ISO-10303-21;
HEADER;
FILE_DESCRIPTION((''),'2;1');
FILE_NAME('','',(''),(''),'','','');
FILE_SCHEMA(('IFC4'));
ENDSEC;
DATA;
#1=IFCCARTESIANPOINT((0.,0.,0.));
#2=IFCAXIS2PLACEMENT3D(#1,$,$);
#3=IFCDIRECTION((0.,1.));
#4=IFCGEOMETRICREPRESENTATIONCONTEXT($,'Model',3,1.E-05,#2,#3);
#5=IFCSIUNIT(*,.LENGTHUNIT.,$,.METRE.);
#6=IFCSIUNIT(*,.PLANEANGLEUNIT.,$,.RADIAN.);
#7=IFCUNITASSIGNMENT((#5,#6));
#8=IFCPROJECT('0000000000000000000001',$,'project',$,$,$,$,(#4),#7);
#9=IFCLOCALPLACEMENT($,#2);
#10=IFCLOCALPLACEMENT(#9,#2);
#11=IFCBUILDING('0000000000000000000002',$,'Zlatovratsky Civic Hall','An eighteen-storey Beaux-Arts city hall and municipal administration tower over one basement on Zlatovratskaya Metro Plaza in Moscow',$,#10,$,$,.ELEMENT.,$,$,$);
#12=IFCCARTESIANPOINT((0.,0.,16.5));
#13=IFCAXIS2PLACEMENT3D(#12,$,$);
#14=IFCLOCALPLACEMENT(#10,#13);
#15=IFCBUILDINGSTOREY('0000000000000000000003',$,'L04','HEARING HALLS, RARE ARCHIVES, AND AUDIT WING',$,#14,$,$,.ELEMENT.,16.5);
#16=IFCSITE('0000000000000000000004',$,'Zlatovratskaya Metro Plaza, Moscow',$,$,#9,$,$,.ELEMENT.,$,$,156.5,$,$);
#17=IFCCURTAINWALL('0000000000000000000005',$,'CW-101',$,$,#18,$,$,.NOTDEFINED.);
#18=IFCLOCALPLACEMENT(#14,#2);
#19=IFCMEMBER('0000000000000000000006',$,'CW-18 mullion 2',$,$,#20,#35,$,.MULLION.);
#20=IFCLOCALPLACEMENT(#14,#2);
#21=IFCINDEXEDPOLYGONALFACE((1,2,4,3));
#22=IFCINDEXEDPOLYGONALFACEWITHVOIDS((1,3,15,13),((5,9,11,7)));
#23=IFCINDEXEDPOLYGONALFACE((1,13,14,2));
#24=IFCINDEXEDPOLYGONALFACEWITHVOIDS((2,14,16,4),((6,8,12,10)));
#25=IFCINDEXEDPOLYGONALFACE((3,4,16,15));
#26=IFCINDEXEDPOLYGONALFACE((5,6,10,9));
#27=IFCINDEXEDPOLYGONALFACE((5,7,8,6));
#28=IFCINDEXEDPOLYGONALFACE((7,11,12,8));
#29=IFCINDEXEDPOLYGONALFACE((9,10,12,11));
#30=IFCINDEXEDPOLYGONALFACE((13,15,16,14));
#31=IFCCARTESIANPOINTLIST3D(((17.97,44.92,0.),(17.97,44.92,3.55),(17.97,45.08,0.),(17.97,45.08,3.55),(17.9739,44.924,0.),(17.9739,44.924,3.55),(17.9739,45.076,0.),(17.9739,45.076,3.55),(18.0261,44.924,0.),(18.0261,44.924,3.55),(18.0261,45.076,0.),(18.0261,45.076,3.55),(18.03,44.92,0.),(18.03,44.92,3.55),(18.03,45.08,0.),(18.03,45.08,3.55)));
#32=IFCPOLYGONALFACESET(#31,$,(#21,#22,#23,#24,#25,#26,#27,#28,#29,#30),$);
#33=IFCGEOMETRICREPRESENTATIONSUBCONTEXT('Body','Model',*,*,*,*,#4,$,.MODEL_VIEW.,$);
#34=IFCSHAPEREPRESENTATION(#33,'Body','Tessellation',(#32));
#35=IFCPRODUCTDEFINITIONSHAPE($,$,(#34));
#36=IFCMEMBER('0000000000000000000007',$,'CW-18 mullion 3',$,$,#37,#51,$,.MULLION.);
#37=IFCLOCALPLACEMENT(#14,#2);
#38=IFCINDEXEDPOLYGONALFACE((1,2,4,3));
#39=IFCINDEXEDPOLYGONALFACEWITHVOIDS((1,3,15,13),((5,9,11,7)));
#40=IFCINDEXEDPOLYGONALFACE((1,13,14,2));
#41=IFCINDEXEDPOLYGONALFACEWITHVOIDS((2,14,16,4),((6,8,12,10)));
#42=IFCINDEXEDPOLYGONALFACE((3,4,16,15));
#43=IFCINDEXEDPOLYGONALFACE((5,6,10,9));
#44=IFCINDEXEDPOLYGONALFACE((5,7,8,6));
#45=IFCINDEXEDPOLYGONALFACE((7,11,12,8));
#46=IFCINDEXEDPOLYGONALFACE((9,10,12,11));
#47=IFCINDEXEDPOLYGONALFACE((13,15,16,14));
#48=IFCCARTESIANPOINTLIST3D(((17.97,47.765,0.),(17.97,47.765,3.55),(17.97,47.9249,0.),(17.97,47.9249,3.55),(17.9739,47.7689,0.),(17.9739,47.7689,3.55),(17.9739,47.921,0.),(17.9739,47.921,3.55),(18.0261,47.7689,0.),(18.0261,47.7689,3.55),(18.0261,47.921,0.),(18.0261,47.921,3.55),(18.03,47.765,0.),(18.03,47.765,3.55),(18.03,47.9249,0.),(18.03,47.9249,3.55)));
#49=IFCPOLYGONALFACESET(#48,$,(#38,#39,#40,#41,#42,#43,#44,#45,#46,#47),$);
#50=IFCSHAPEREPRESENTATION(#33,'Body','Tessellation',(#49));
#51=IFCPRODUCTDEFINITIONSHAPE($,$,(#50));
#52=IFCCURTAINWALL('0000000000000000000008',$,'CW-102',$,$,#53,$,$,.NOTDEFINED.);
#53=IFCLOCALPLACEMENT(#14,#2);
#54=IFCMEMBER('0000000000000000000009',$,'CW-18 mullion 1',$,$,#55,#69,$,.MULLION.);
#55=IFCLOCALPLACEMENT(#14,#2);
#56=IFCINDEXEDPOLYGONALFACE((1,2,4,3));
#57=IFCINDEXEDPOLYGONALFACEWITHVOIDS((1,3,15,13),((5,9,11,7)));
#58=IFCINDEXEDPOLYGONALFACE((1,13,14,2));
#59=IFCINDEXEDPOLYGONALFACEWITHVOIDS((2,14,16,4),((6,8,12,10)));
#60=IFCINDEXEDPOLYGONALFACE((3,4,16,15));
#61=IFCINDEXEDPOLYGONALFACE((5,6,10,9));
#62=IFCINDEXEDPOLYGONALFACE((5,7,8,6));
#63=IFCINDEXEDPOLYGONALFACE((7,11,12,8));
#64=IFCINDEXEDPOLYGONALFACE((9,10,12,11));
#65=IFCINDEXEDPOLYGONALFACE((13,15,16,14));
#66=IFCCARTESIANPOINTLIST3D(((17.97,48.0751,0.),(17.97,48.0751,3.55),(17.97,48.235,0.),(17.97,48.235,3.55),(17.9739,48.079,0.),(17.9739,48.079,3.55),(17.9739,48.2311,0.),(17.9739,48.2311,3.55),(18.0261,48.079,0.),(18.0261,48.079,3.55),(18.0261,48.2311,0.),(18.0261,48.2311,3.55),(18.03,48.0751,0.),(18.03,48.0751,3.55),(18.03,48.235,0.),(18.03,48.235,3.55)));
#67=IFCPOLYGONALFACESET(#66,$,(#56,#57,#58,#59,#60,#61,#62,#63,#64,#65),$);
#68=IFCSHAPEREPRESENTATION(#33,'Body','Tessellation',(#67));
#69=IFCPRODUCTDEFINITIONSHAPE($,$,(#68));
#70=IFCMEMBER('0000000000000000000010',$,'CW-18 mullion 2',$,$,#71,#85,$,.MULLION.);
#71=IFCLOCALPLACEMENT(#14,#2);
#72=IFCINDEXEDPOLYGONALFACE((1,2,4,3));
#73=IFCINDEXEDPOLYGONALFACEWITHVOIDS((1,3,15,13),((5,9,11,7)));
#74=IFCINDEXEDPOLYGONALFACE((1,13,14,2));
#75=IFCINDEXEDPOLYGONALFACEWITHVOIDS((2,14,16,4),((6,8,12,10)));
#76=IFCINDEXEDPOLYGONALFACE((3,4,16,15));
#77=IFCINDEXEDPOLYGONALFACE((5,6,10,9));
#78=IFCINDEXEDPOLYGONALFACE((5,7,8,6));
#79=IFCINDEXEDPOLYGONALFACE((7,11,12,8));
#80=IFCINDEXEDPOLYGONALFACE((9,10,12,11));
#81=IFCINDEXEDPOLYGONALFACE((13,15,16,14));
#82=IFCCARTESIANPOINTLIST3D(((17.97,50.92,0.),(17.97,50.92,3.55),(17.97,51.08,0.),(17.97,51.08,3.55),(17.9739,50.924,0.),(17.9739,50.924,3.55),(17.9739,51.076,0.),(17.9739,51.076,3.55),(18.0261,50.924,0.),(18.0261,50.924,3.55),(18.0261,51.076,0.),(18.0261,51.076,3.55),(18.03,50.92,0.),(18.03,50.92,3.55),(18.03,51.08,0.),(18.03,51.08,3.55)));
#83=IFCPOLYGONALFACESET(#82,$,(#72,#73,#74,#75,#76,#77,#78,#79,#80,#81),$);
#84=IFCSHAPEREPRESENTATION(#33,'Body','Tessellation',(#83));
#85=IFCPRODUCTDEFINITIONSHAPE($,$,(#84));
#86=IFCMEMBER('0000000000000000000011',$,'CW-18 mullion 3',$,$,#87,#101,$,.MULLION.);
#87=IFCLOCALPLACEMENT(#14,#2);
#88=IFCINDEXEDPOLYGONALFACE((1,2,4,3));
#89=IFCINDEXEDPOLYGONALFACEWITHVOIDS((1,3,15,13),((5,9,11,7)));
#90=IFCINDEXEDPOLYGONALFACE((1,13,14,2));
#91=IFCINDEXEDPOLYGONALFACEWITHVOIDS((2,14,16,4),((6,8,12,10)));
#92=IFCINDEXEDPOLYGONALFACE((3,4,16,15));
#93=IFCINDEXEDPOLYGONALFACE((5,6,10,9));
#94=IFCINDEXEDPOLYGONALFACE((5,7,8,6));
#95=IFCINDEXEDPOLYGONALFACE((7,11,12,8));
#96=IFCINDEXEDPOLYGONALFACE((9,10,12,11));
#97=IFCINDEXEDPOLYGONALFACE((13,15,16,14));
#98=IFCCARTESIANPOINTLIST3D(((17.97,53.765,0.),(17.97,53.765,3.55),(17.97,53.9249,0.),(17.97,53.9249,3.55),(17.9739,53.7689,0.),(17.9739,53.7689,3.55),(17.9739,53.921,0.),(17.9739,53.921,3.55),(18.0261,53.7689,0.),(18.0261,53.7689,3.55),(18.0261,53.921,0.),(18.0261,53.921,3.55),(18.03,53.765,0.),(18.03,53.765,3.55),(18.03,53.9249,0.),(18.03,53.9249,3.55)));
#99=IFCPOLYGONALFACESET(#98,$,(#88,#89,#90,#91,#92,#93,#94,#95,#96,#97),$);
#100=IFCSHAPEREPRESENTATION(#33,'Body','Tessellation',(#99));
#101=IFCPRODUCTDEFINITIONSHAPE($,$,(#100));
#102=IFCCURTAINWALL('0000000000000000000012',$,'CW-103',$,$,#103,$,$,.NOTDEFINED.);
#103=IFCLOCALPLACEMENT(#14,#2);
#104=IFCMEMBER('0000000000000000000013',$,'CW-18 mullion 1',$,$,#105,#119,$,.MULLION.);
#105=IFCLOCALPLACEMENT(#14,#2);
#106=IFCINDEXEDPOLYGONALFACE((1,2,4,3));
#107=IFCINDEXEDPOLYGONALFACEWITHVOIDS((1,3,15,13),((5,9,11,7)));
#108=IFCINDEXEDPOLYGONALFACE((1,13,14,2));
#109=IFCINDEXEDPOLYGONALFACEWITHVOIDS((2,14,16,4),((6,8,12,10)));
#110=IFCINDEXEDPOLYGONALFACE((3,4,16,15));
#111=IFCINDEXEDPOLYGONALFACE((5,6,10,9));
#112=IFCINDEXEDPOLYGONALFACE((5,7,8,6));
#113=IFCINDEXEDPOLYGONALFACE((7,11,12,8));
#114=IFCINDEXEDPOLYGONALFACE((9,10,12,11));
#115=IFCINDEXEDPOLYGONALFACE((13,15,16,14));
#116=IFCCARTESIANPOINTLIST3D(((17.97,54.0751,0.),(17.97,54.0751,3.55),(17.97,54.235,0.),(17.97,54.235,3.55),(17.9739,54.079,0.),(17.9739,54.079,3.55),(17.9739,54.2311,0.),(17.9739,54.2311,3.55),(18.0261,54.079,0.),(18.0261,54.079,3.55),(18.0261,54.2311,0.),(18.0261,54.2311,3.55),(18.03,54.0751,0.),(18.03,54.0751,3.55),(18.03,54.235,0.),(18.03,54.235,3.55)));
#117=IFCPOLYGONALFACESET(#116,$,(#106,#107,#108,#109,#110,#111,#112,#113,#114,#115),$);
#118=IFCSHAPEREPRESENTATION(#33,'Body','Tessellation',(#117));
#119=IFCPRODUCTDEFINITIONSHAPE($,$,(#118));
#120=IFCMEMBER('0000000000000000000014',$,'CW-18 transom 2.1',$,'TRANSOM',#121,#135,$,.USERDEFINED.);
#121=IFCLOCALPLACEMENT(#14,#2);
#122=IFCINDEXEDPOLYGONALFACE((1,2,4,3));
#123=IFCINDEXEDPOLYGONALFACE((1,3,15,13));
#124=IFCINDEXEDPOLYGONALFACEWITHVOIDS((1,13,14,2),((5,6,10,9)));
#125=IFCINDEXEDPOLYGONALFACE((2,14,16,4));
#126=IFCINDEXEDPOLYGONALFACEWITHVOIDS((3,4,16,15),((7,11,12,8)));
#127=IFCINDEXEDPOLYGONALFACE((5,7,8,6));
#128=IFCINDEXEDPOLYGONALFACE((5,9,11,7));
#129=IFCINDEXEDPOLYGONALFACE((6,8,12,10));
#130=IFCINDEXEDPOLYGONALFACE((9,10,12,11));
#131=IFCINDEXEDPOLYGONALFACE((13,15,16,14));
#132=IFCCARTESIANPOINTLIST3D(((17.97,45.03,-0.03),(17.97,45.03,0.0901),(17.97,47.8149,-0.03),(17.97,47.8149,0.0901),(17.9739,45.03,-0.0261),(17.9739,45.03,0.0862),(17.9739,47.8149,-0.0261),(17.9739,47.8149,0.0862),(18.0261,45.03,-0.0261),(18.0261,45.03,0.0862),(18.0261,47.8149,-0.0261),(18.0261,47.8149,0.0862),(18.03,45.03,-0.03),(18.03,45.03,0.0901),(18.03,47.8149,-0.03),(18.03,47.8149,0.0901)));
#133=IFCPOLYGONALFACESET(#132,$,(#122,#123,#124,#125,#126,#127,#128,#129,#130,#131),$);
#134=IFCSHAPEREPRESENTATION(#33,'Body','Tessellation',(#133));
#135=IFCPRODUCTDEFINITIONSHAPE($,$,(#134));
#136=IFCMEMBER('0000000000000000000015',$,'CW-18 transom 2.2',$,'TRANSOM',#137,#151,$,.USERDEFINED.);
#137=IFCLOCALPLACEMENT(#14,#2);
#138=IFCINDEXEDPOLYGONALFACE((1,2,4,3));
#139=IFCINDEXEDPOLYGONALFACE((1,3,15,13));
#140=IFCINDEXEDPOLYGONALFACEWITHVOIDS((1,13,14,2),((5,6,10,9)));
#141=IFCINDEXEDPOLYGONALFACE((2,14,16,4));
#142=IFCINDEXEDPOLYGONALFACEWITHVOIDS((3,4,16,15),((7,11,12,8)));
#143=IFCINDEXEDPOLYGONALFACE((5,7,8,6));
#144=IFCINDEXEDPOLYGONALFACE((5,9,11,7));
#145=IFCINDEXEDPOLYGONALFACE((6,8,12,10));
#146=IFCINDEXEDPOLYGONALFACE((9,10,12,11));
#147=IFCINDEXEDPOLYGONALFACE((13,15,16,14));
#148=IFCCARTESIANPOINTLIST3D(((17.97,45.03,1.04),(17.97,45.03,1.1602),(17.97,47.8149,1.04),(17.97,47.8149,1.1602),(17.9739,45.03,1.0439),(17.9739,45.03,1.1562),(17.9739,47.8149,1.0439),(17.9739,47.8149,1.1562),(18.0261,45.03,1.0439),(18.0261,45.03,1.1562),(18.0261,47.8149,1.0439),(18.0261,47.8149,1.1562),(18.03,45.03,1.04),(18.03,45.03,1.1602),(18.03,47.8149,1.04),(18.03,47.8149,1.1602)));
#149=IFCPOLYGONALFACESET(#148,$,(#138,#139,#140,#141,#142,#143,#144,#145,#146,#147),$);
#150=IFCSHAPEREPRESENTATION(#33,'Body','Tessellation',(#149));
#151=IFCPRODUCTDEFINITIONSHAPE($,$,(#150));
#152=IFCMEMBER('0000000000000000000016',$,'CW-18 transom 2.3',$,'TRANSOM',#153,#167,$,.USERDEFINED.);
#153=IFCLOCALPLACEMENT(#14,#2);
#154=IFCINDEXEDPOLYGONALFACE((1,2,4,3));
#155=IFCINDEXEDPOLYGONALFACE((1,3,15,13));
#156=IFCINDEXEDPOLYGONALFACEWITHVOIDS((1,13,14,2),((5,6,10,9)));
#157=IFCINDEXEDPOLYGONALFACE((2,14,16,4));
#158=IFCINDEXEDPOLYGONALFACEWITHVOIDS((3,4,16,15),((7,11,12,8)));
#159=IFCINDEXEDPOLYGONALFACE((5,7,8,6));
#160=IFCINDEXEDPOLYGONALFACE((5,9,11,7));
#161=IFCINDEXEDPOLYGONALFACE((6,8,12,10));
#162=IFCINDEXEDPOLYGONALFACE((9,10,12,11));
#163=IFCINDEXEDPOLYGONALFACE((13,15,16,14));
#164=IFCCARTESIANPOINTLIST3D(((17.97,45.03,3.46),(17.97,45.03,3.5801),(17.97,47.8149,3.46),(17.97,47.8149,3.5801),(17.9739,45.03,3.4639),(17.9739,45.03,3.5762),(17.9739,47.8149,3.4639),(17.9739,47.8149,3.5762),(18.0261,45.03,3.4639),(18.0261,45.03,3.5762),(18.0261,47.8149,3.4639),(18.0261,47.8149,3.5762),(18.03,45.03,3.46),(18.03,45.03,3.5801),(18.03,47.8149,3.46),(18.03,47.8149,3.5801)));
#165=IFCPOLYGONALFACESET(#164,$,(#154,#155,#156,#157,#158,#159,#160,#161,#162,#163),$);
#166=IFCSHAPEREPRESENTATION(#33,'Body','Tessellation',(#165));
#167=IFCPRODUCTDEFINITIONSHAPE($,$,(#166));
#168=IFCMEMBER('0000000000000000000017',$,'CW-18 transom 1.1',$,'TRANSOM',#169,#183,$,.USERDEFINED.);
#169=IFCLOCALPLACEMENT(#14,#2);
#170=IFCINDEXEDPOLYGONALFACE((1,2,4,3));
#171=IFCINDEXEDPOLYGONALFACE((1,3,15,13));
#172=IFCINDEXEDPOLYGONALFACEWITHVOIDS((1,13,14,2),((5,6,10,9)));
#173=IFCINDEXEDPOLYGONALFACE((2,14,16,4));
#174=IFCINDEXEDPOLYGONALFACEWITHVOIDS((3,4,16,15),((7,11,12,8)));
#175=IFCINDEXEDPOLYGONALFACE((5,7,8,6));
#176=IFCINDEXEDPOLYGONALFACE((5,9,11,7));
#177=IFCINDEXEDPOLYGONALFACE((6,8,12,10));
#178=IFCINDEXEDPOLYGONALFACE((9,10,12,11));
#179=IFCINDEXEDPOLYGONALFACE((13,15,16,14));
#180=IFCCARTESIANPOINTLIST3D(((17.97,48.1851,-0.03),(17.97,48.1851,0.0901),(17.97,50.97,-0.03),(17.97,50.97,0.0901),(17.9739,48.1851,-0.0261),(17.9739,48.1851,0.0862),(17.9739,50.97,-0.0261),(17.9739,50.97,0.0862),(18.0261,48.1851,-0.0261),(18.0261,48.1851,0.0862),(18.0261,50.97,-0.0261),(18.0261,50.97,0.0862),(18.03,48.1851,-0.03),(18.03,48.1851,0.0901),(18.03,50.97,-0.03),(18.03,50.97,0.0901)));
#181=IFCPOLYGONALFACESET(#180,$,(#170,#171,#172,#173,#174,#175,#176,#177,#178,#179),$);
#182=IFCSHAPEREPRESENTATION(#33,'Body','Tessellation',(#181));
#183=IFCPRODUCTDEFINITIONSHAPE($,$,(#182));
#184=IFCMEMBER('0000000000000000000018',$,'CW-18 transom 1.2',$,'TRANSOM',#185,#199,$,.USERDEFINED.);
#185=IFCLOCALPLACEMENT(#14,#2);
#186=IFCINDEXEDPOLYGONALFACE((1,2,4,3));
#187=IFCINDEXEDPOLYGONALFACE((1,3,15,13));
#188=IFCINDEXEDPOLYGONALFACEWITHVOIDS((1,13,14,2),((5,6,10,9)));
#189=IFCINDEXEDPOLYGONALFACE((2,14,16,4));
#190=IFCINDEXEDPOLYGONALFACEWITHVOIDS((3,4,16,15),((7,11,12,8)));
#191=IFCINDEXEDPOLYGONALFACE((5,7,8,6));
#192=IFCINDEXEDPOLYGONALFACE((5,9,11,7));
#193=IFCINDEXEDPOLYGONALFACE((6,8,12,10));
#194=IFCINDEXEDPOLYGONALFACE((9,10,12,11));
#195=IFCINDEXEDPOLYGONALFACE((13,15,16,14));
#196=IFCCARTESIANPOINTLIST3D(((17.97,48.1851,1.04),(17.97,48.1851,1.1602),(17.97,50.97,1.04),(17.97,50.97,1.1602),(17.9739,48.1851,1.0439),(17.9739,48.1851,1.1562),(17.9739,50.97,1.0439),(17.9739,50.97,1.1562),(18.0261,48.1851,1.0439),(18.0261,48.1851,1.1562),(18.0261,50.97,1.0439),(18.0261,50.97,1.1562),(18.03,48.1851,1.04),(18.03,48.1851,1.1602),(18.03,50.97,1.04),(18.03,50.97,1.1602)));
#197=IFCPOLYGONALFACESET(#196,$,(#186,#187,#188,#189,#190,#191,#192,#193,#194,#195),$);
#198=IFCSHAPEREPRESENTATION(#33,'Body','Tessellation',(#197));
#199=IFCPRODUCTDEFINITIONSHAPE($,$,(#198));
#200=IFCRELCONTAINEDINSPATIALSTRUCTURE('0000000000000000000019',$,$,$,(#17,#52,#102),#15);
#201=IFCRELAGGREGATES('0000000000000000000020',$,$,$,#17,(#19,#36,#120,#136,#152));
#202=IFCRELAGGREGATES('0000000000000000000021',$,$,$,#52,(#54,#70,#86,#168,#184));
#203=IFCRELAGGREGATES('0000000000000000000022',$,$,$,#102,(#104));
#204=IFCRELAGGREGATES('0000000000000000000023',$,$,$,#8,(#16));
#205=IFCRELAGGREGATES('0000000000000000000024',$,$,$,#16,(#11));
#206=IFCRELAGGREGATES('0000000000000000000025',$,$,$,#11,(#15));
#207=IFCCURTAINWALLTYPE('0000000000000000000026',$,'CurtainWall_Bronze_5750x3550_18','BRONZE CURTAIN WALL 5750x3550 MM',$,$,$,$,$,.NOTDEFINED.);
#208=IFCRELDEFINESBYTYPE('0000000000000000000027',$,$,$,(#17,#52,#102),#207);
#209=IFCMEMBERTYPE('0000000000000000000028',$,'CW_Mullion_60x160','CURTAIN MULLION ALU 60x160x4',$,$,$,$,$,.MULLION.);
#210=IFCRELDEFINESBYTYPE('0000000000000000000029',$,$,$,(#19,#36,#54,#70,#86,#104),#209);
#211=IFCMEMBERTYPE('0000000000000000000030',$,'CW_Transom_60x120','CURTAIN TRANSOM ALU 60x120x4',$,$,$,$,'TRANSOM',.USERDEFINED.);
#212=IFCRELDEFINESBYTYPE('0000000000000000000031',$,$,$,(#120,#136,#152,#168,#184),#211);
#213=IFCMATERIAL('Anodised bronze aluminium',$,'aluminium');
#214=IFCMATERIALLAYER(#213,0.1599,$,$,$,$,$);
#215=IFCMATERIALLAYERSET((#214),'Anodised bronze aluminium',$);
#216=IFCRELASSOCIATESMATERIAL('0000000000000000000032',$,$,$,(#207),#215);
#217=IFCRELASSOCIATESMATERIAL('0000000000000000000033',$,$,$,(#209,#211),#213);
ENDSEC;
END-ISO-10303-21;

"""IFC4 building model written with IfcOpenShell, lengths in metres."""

from ifc_helpers import new_model, si_unit, direction, frame, origin, origin_2d, place, context, subcontext, project, spatial, hollow_rectangle, extrude, material, layer, layer_set, material_profile, profile_set, type_object, element, aggregate, save


model = new_model("IFC4")

# Units and contexts
model_context = context("Model", 3, precision=1e-05, world=origin(), true_north=direction((0.0, 1.0)))
body_context = subcontext(model_context, "Body", "Model", "MODEL_VIEW")
ifc_project = project(units=[si_unit("LENGTHUNIT", "METRE"), si_unit("PLANEANGLEUNIT", "RADIAN")], contexts=[model_context])

# Site, building, storey
site_placement = place(None, origin())
site = spatial("IfcSite", under=ifc_project, at=site_placement, Name="Zlatovratskaya Metro Plaza, Moscow", CompositionType="ELEMENT", RefElevation=156.5)
building_placement = place(site_placement, origin())
building = spatial("IfcBuilding", under=site, at=building_placement, Name="Zlatovratsky Civic Hall", Description="An eighteen-storey Beaux-Arts city hall and municipal administration tower over one basement on Zlatovratskaya Metro Plaza in Moscow", CompositionType="ELEMENT")
storey_placement = place(building_placement, frame((0.0, 0.0, 16.5)))
storey = spatial("IfcBuildingStorey", under=building, at=storey_placement, Name="L04", Description="HEARING HALLS, RARE ARCHIVES, AND AUDIT WING", CompositionType="ELEMENT", Elevation=16.5)

# Curtain walls, members
ifc_material_1 = material(Name="Anodised bronze aluminium", Category="aluminium")
ifc_layer_1 = layer(ifc_material_1, 0.1599)
ifc_layer_set_1 = layer_set([ifc_layer_1], Name="Anodised bronze aluminium")
curtain_wall_type = type_object("IfcCurtainWallType", Name="CurtainWall_Bronze_5750x3550_18", Description="BRONZE CURTAIN WALL 5750x3550 MM", PredefinedType="NOTDEFINED", material=ifc_layer_set_1)
curtain_wall_1_placement = place(storey_placement, origin())
curtain_wall_1 = element("IfcCurtainWall", 1, at=curtain_wall_1_placement, inside=storey, type_object=curtain_wall_type, Name="CW-101", PredefinedType="NOTDEFINED")
ifc_material_profile_1 = material_profile(ifc_material_1, hollow_rectangle(XDim=0.0601, YDim=0.1599, WallThickness=0.0039, at=origin_2d()), Name="ALU 60x160x4")
ifc_profile_set_1 = profile_set([ifc_material_profile_1], Name="Anodised bronze aluminium")
member_type_1 = type_object("IfcMemberType", Name="CW_Mullion_60x160", Description="CURTAIN MULLION ALU 60x160x4", PredefinedType="MULLION", material=ifc_profile_set_1)
member_1_placement = place(storey_placement, frame((18.0, 45.0, 0.0), z_axis=(0.0, 0.0, 1.0), x_axis=(-1.0, 0.0, 0.0)))
member_1 = element("IfcMember", 2, at=member_1_placement, type_object=member_type_1, Name="CW-18 mullion 2", PredefinedType="MULLION", context=body_context, shape_type="SweptSolid", body=[
    extrude(hollow_rectangle(XDim=0.0601, YDim=0.1599, WallThickness=0.0039, at=origin_2d()), origin(), (0.0, 0.0, 1.0), 3.55),
])
member_2_placement = place(storey_placement, frame((18.0, 47.845, 0.0), z_axis=(0.0, 0.0, 1.0), x_axis=(-1.0, 0.0, 0.0)))
member_2 = element("IfcMember", 3, at=member_2_placement, type_object=member_type_1, Name="CW-18 mullion 3", PredefinedType="MULLION", context=body_context, shape_type="SweptSolid", body=[
    extrude(hollow_rectangle(XDim=0.0601, YDim=0.1599, WallThickness=0.0039, at=origin_2d()), origin(), (0.0, 0.0, 1.0), 3.55),
])
curtain_wall_2_placement = place(storey_placement, origin())
curtain_wall_2 = element("IfcCurtainWall", 4, at=curtain_wall_2_placement, inside=storey, type_object=curtain_wall_type, Name="CW-102", PredefinedType="NOTDEFINED")
member_3_placement = place(storey_placement, frame((18.0, 48.155, 0.0), z_axis=(0.0, 0.0, 1.0), x_axis=(-1.0, 0.0, 0.0)))
member_3 = element("IfcMember", 5, at=member_3_placement, type_object=member_type_1, Name="CW-18 mullion 1", PredefinedType="MULLION", context=body_context, shape_type="SweptSolid", body=[
    extrude(hollow_rectangle(XDim=0.0601, YDim=0.1599, WallThickness=0.0039, at=origin_2d()), origin(), (0.0, 0.0, 1.0), 3.55),
])
member_4_placement = place(storey_placement, frame((18.0, 51.0, 0.0), z_axis=(0.0, 0.0, 1.0), x_axis=(-1.0, 0.0, 0.0)))
member_4 = element("IfcMember", 6, at=member_4_placement, type_object=member_type_1, Name="CW-18 mullion 2", PredefinedType="MULLION", context=body_context, shape_type="SweptSolid", body=[
    extrude(hollow_rectangle(XDim=0.0601, YDim=0.1599, WallThickness=0.0039, at=origin_2d()), origin(), (0.0, 0.0, 1.0), 3.55),
])
member_5_placement = place(storey_placement, frame((18.0, 53.845, 0.0), z_axis=(0.0, 0.0, 1.0), x_axis=(-1.0, 0.0, 0.0)))
member_5 = element("IfcMember", 7, at=member_5_placement, type_object=member_type_1, Name="CW-18 mullion 3", PredefinedType="MULLION", context=body_context, shape_type="SweptSolid", body=[
    extrude(hollow_rectangle(XDim=0.0601, YDim=0.1599, WallThickness=0.0039, at=origin_2d()), origin(), (0.0, 0.0, 1.0), 3.55),
])

# Curtain wall, member
curtain_wall_3_placement = place(storey_placement, origin())
curtain_wall_3 = element("IfcCurtainWall", 8, at=curtain_wall_3_placement, inside=storey, type_object=curtain_wall_type, Name="CW-103", PredefinedType="NOTDEFINED")
member_6_placement = place(storey_placement, frame((18.0, 54.155, 0.0), z_axis=(0.0, 0.0, 1.0), x_axis=(-1.0, 0.0, 0.0)))
member_6 = element("IfcMember", 9, at=member_6_placement, type_object=member_type_1, Name="CW-18 mullion 1", PredefinedType="MULLION", context=body_context, shape_type="SweptSolid", body=[
    extrude(hollow_rectangle(XDim=0.0601, YDim=0.1599, WallThickness=0.0039, at=origin_2d()), origin(), (0.0, 0.0, 1.0), 3.55),
])

# Members
ifc_material_profile_2 = material_profile(ifc_material_1, hollow_rectangle(XDim=0.0601, YDim=0.1201, WallThickness=0.0039, at=origin_2d()), Name="ALU 60x120x4")
ifc_profile_set_2 = profile_set([ifc_material_profile_2], Name="Anodised bronze aluminium")
member_type_2 = type_object("IfcMemberType", Name="CW_Transom_60x120", Description="CURTAIN TRANSOM ALU 60x120x4", ElementType="TRANSOM", PredefinedType="USERDEFINED", material=ifc_profile_set_2)
member_7_placement = place(storey_placement, frame((18.0, 45.03, 0.03), z_axis=(0.0, 1.0, 0.0), x_axis=(-1.0, 0.0, 0.0)))
member_7 = element("IfcMember", 10, at=member_7_placement, type_object=member_type_2, Name="CW-18 transom 2.1", ObjectType="TRANSOM", PredefinedType="USERDEFINED", context=body_context, shape_type="SweptSolid", body=[
    extrude(hollow_rectangle(XDim=0.0601, YDim=0.1201, WallThickness=0.0039, at=origin_2d()), origin(), (0.0, 0.0, 1.0), 2.7849),
])
member_8_placement = place(storey_placement, frame((18.0, 45.03, 1.1001), z_axis=(0.0, 1.0, 0.0), x_axis=(-1.0, 0.0, 0.0)))
member_8 = element("IfcMember", 11, at=member_8_placement, type_object=member_type_2, Name="CW-18 transom 2.2", ObjectType="TRANSOM", PredefinedType="USERDEFINED", context=body_context, shape_type="SweptSolid", body=[
    extrude(hollow_rectangle(XDim=0.0601, YDim=0.1201, WallThickness=0.0039, at=origin_2d()), origin(), (0.0, 0.0, 1.0), 2.7849),
])
member_9_placement = place(storey_placement, frame((18.0, 45.03, 3.52), z_axis=(0.0, 1.0, 0.0), x_axis=(-1.0, 0.0, 0.0)))
member_9 = element("IfcMember", 12, at=member_9_placement, type_object=member_type_2, Name="CW-18 transom 2.3", ObjectType="TRANSOM", PredefinedType="USERDEFINED", context=body_context, shape_type="SweptSolid", body=[
    extrude(hollow_rectangle(XDim=0.0601, YDim=0.1201, WallThickness=0.0039, at=origin_2d()), origin(), (0.0, 0.0, 1.0), 2.7849),
])
member_10_placement = place(storey_placement, frame((18.0, 48.1851, 0.03), z_axis=(0.0, 1.0, 0.0), x_axis=(-1.0, 0.0, 0.0)))
member_10 = element("IfcMember", 13, at=member_10_placement, type_object=member_type_2, Name="CW-18 transom 1.1", ObjectType="TRANSOM", PredefinedType="USERDEFINED", context=body_context, shape_type="SweptSolid", body=[
    extrude(hollow_rectangle(XDim=0.0601, YDim=0.1201, WallThickness=0.0039, at=origin_2d()), origin(), (0.0, 0.0, 1.0), 2.7849),
])
member_11_placement = place(storey_placement, frame((18.0, 48.1851, 1.1001), z_axis=(0.0, 1.0, 0.0), x_axis=(-1.0, 0.0, 0.0)))
member_11 = element("IfcMember", 14, at=member_11_placement, type_object=member_type_2, Name="CW-18 transom 1.2", ObjectType="TRANSOM", PredefinedType="USERDEFINED", context=body_context, shape_type="SweptSolid", body=[
    extrude(hollow_rectangle(XDim=0.0601, YDim=0.1201, WallThickness=0.0039, at=origin_2d()), origin(), (0.0, 0.0, 1.0), 2.7849),
])

aggregate(curtain_wall_1, [member_1, member_2, member_7, member_8, member_9])
aggregate(curtain_wall_2, [member_3, member_4, member_5, member_10, member_11])
aggregate(curtain_wall_3, [member_6])

save(model, "model.ifc")
